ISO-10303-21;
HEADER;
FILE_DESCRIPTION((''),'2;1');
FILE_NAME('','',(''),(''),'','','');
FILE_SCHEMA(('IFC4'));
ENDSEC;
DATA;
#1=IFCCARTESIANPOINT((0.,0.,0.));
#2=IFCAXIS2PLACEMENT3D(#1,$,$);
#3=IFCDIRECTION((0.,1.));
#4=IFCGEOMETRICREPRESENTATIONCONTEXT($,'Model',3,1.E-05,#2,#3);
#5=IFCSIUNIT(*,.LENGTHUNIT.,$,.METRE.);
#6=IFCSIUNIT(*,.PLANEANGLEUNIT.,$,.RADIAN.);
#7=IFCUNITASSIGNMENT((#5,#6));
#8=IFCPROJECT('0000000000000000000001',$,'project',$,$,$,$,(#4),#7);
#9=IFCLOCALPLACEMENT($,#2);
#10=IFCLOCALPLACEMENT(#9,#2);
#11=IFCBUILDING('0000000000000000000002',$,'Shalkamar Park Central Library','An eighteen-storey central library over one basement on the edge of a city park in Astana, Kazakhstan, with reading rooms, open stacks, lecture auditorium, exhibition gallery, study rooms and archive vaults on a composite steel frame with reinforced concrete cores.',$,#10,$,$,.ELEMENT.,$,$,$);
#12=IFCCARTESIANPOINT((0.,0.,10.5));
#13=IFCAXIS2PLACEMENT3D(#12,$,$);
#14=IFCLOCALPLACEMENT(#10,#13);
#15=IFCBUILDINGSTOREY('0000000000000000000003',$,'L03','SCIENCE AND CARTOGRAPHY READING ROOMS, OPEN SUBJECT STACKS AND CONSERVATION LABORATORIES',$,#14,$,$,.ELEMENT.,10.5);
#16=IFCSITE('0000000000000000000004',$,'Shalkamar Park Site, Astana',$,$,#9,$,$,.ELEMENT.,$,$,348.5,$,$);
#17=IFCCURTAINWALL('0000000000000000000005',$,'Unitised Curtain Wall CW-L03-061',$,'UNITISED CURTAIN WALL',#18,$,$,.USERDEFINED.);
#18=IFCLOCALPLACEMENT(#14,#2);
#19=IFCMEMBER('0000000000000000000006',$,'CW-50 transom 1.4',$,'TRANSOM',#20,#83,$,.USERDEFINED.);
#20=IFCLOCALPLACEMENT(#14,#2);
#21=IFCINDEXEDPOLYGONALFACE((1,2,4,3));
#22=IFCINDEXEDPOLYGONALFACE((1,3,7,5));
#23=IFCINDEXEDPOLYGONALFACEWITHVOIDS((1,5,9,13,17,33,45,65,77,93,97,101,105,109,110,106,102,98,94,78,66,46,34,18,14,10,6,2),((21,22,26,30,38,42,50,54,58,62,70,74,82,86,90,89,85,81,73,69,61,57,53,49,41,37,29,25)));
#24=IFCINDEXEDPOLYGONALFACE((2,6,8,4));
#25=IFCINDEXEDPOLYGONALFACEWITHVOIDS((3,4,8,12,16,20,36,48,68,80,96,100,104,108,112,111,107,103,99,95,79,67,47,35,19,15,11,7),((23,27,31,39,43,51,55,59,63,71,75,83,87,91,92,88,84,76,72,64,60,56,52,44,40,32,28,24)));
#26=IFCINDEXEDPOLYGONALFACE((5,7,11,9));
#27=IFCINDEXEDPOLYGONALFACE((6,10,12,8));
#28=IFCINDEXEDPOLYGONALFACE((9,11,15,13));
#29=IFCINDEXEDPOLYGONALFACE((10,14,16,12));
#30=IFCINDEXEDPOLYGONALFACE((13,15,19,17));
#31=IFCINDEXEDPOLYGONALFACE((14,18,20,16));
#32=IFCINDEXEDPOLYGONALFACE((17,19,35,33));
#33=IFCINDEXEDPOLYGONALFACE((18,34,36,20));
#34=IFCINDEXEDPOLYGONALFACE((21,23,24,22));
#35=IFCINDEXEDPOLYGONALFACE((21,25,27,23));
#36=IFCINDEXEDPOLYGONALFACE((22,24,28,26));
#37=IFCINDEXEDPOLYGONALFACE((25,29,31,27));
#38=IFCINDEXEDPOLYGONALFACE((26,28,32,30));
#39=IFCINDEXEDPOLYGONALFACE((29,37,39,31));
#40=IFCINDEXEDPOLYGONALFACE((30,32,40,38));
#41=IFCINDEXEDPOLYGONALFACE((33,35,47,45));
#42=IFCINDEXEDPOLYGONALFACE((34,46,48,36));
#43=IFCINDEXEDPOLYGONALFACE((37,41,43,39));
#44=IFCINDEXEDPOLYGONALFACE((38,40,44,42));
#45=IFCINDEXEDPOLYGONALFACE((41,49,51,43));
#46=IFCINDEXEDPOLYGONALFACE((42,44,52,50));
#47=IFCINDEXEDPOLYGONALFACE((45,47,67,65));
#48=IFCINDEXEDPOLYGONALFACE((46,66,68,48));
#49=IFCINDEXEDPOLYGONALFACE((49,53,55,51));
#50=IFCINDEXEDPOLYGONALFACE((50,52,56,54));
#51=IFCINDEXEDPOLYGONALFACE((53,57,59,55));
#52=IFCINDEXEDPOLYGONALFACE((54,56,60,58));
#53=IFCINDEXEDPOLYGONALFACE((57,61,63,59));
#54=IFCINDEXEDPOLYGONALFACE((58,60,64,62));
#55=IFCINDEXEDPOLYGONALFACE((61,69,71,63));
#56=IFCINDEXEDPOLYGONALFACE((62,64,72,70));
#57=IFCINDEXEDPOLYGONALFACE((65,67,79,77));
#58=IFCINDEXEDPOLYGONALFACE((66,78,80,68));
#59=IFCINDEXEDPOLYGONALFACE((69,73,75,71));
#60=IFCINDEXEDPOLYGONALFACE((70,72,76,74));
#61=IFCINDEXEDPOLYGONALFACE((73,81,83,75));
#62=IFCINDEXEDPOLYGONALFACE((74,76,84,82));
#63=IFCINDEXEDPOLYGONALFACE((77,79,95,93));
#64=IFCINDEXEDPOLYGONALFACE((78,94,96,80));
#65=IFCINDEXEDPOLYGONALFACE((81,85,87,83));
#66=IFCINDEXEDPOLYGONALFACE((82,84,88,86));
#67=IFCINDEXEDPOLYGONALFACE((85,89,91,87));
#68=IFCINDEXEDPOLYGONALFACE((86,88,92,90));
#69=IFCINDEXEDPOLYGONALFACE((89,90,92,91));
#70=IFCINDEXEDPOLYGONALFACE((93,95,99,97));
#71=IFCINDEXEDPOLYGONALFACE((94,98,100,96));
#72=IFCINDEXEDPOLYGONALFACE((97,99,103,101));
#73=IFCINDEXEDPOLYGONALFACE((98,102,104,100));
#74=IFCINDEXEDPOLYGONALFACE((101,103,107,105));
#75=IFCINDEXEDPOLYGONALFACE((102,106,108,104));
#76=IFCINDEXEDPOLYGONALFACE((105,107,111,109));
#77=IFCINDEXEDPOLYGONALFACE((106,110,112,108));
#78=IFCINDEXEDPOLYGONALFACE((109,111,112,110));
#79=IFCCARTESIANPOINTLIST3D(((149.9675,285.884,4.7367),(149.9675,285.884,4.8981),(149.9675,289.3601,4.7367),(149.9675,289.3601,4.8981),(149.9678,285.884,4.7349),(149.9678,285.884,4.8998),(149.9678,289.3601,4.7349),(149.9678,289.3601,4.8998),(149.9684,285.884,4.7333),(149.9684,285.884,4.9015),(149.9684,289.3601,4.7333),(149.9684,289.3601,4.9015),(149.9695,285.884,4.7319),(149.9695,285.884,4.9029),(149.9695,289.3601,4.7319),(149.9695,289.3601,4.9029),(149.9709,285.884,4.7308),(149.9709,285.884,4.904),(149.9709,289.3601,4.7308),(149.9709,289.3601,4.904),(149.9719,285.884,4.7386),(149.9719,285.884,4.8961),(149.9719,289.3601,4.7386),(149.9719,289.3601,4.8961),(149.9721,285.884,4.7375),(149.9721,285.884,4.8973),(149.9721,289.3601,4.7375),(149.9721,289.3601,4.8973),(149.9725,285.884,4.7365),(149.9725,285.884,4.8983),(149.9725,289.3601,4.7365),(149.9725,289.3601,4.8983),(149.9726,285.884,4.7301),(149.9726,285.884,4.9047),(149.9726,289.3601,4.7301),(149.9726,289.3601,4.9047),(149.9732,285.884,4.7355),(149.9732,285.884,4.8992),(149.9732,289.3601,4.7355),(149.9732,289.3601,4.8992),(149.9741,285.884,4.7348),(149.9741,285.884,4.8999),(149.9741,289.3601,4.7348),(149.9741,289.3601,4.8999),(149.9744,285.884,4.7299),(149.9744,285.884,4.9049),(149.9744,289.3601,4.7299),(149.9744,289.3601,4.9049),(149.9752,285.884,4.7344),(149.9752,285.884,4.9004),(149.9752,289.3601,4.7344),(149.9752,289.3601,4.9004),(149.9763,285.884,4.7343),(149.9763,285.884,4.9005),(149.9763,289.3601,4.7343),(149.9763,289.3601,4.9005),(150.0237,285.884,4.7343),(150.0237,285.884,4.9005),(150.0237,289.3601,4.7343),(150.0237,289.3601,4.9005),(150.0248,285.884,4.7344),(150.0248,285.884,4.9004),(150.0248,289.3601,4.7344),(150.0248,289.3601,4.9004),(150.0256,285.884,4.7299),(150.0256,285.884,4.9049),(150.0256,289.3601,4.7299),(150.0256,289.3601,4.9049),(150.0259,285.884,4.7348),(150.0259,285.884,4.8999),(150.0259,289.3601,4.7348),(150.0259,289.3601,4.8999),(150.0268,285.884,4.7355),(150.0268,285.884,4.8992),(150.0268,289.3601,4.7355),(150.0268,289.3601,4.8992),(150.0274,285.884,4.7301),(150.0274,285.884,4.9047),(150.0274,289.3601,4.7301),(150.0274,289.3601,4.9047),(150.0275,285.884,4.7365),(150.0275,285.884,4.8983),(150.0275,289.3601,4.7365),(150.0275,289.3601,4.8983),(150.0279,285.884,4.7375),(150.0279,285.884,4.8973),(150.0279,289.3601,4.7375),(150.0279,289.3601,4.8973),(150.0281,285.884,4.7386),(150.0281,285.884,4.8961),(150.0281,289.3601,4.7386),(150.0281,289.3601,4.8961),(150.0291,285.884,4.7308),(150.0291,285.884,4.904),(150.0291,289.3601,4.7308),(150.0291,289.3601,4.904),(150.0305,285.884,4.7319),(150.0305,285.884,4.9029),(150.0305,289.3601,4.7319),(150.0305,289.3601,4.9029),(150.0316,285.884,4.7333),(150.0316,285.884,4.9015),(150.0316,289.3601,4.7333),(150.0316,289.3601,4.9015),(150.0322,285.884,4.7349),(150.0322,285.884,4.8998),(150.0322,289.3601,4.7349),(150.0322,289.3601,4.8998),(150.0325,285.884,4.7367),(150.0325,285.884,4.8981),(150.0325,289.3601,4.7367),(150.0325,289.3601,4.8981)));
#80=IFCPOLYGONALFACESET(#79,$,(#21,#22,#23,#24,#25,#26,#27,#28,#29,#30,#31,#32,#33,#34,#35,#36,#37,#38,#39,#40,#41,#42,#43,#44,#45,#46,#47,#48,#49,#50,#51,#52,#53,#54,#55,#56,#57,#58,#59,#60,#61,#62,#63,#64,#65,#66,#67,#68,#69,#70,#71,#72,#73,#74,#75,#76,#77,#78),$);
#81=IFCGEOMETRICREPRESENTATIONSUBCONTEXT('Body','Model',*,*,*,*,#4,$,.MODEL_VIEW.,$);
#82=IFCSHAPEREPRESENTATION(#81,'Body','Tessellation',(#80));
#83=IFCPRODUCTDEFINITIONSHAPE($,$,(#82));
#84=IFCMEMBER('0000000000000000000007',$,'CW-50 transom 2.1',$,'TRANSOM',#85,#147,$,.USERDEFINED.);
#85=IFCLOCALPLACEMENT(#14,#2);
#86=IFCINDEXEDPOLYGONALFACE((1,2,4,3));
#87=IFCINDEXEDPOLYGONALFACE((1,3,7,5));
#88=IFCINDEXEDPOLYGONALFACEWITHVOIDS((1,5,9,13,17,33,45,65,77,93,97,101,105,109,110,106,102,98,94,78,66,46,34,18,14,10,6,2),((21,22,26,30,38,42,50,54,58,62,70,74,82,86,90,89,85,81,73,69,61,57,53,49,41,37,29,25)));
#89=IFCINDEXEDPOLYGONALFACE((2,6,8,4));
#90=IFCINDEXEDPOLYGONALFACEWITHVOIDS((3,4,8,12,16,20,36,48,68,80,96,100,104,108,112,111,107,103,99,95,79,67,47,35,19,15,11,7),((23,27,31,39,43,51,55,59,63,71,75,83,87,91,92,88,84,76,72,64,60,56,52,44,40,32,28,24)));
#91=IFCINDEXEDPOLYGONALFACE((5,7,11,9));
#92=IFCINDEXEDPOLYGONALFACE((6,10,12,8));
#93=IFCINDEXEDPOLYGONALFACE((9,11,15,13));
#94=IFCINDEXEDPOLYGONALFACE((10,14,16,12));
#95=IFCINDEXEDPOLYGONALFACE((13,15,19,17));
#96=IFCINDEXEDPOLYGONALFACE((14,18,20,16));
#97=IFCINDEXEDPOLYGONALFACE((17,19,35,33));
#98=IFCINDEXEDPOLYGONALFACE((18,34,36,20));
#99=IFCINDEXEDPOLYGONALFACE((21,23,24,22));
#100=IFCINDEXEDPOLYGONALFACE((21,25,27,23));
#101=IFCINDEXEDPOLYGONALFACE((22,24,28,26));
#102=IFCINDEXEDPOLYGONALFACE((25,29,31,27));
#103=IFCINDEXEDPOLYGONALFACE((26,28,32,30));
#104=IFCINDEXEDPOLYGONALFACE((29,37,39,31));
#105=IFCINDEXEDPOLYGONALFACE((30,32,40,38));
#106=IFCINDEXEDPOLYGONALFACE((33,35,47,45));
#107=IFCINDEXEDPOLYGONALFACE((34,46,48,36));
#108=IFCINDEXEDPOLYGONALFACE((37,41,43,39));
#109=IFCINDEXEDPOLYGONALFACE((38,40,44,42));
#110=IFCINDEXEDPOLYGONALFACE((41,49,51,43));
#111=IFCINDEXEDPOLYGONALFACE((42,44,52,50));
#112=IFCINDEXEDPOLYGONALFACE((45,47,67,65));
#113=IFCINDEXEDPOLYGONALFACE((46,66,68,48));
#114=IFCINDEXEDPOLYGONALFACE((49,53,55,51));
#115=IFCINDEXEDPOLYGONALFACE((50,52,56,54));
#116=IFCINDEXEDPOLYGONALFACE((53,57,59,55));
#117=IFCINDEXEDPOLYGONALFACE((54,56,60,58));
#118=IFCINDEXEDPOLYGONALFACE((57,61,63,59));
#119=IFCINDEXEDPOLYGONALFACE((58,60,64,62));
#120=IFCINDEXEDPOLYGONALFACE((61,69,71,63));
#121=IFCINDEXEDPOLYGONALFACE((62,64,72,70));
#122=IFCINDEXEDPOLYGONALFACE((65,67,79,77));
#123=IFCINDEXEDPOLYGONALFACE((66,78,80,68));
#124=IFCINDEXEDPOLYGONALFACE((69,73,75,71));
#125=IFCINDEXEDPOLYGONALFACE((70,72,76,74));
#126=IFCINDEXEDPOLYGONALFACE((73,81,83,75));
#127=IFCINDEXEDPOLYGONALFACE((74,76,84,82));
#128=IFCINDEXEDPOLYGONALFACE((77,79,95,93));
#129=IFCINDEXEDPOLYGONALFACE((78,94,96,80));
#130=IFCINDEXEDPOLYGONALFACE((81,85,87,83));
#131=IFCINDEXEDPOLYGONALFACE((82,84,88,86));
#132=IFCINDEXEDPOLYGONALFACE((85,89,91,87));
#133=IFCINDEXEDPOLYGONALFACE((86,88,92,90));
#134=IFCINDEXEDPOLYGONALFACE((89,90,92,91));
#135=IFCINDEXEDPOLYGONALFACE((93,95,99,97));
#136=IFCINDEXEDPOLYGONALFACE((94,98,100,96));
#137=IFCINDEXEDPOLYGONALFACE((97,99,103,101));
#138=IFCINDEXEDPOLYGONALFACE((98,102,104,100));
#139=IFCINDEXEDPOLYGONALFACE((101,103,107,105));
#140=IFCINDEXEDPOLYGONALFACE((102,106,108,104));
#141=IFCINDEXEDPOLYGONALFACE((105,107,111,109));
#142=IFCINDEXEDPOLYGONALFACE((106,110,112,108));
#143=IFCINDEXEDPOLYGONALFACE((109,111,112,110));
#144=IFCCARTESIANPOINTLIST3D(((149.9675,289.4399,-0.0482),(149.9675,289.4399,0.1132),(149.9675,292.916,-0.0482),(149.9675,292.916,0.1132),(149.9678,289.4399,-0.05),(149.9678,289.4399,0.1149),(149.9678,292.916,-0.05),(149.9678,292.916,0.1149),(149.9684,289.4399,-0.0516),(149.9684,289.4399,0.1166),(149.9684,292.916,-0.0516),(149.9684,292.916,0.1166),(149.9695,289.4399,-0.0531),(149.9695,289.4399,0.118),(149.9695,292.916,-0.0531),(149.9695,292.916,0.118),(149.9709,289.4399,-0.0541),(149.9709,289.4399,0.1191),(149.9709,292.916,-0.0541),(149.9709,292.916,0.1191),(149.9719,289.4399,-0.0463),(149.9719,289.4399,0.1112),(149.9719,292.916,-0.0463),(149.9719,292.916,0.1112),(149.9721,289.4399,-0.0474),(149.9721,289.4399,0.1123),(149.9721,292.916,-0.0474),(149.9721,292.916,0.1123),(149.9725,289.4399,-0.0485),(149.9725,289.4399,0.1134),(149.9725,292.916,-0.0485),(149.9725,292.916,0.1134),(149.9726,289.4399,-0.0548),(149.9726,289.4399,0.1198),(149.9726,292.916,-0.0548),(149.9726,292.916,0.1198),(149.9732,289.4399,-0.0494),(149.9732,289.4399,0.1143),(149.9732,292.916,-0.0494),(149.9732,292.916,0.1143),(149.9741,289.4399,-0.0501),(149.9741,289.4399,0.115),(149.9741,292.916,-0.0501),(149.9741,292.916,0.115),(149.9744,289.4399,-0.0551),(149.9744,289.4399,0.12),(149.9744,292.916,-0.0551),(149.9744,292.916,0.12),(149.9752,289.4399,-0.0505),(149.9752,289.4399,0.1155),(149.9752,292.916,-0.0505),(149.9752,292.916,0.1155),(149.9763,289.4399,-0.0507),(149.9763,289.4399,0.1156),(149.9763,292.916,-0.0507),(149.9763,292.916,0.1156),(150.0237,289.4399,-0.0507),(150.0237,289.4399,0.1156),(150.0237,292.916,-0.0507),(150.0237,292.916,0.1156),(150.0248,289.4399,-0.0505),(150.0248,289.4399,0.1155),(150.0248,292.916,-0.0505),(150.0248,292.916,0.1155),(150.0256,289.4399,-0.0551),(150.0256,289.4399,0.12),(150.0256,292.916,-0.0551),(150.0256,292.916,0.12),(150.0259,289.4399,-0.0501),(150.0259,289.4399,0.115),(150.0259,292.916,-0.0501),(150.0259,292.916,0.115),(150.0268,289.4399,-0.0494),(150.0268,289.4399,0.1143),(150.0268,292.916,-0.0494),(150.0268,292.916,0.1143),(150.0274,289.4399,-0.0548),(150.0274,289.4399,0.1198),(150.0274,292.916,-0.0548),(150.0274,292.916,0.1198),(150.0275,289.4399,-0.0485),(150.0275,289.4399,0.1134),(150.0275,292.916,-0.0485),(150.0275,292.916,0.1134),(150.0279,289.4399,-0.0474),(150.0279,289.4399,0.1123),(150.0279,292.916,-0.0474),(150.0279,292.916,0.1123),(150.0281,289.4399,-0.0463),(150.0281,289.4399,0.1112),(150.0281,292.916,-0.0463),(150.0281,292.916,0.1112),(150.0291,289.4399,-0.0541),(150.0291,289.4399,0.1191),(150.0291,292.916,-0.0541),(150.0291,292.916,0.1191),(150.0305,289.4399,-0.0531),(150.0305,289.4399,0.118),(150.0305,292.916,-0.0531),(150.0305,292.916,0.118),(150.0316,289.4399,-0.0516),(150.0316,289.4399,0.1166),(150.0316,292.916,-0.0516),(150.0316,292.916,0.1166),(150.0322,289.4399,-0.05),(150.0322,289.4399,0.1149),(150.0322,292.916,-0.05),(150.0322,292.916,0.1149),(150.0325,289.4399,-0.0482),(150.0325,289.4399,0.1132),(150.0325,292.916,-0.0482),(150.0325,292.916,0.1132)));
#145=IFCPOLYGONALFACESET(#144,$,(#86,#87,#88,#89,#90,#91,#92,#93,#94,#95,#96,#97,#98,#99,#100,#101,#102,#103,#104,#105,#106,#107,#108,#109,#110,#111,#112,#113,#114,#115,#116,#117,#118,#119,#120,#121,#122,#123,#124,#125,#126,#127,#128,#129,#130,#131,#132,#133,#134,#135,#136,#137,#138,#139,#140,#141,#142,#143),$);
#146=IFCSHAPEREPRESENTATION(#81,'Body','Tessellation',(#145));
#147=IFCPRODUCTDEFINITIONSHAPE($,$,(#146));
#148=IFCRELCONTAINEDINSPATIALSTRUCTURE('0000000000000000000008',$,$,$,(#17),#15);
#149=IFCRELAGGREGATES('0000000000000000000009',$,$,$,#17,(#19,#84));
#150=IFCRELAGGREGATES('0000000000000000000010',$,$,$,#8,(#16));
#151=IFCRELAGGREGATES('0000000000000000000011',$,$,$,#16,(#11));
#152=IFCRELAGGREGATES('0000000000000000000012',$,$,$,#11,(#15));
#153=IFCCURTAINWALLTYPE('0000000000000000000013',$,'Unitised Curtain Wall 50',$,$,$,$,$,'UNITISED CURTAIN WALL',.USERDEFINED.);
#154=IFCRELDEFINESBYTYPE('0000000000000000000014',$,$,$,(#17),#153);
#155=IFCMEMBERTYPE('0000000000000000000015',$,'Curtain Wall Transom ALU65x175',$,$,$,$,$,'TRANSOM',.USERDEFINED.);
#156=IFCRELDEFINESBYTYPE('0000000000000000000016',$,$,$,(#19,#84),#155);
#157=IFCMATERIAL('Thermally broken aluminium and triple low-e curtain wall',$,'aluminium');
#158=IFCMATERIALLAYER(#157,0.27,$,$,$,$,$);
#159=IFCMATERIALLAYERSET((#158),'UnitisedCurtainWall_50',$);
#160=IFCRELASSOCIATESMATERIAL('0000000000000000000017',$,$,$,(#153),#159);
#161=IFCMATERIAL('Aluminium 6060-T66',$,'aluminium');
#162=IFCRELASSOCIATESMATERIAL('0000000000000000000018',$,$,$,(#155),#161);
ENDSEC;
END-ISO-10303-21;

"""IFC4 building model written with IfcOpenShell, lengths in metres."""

from ifc_helpers import new_model, si_unit, direction, frame, origin, origin_2d, place, context, subcontext, project, spatial, hollow_rectangle, extrude, material, layer, layer_set, material_profile, profile_set, type_object, element, aggregate, save


model = new_model("IFC4")

# Units and contexts
model_context = context("Model", 3, precision=1e-05, world=origin(), true_north=direction((0.0, 1.0)))
body_context = subcontext(model_context, "Body", "Model", "MODEL_VIEW")
ifc_project = project(units=[si_unit("LENGTHUNIT", "METRE"), si_unit("PLANEANGLEUNIT", "RADIAN")], contexts=[model_context])

# Site, building, storey
site_placement = place(None, origin())
site = spatial("IfcSite", under=ifc_project, at=site_placement, Name="Shalkamar Park Site, Astana", CompositionType="ELEMENT", RefElevation=348.5)
building_placement = place(site_placement, origin())
building = spatial("IfcBuilding", under=site, at=building_placement, Name="Shalkamar Park Central Library", Description="An eighteen-storey central library over one basement on the edge of a city park in Astana, Kazakhstan, with reading rooms, open stacks, lecture auditorium, exhibition gallery, study rooms and archive vaults on a composite steel frame with reinforced concrete cores.", CompositionType="ELEMENT")
storey_placement = place(building_placement, frame((0.0, 0.0, 10.5)))
storey = spatial("IfcBuildingStorey", under=building, at=storey_placement, Name="L03", Description="SCIENCE AND CARTOGRAPHY READING ROOMS, OPEN SUBJECT STACKS AND CONSERVATION LABORATORIES", CompositionType="ELEMENT", Elevation=10.5)

# Shared definitions
ifc_material_1 = material(Name="Thermally broken aluminium and triple low-e curtain wall", Category="aluminium")
ifc_material_2 = material(Name="Aluminium 6060-T66", Category="aluminium")

# Curtain wall, members
ifc_layer_1 = layer(ifc_material_1, 0.27)
ifc_layer_set_1 = layer_set([ifc_layer_1], Name="UnitisedCurtainWall_50")
curtain_wall_type_1 = type_object("IfcCurtainWallType", Name="Unitised Curtain Wall 50", ElementType="UNITISED CURTAIN WALL", PredefinedType="USERDEFINED", material=ifc_layer_set_1)
curtain_wall_1_placement = place(storey_placement, origin())
curtain_wall_1 = element("IfcCurtainWall", 1, at=curtain_wall_1_placement, inside=storey, type_object=curtain_wall_type_1, Name="Unitised Curtain Wall CW-L03-061", ObjectType="UNITISED CURTAIN WALL", PredefinedType="USERDEFINED")
ifc_material_profile_1 = material_profile(ifc_material_2, hollow_rectangle(XDim=0.0649, YDim=0.175, WallThickness=0.0044, InnerFilletRadius=0.0044, OuterFilletRadius=0.0068, at=origin_2d()), Name="ALU 65x175x4.5")
ifc_profile_set_1 = profile_set([ifc_material_profile_1], Name="Aluminium 6060-T66")
member_type_1 = type_object("IfcMemberType", Name="Curtain Wall Transom ALU65x175", ElementType="TRANSOM", PredefinedType="USERDEFINED", material=ifc_profile_set_1)
member_1_placement = place(storey_placement, frame((150.0, 285.884, 4.8174), z_axis=(0.0, 1.0, 0.0), x_axis=(-1.0, 0.0, 0.0)))
member_1 = element("IfcMember", 2, at=member_1_placement, type_object=member_type_1, Name="CW-50 transom 1.4", ObjectType="TRANSOM", PredefinedType="USERDEFINED", context=body_context, shape_type="SweptSolid", body=[
    extrude(hollow_rectangle(XDim=0.0649, YDim=0.175, WallThickness=0.0044, InnerFilletRadius=0.0044, OuterFilletRadius=0.0068, at=origin_2d()), origin(), (0.0, 0.0, 1.0), 3.4761),
])
member_2_placement = place(storey_placement, frame((150.0, 289.4399, 0.0325), z_axis=(0.0, 1.0, 0.0), x_axis=(-1.0, 0.0, 0.0)))
member_2 = element("IfcMember", 3, at=member_2_placement, type_object=member_type_1, Name="CW-50 transom 2.1", ObjectType="TRANSOM", PredefinedType="USERDEFINED", context=body_context, shape_type="SweptSolid", body=[
    extrude(hollow_rectangle(XDim=0.0649, YDim=0.175, WallThickness=0.0044, InnerFilletRadius=0.0044, OuterFilletRadius=0.0068, at=origin_2d()), origin(), (0.0, 0.0, 1.0), 3.4761),
])

aggregate(curtain_wall_1, [member_1, member_2])

save(model, "model.ifc")
